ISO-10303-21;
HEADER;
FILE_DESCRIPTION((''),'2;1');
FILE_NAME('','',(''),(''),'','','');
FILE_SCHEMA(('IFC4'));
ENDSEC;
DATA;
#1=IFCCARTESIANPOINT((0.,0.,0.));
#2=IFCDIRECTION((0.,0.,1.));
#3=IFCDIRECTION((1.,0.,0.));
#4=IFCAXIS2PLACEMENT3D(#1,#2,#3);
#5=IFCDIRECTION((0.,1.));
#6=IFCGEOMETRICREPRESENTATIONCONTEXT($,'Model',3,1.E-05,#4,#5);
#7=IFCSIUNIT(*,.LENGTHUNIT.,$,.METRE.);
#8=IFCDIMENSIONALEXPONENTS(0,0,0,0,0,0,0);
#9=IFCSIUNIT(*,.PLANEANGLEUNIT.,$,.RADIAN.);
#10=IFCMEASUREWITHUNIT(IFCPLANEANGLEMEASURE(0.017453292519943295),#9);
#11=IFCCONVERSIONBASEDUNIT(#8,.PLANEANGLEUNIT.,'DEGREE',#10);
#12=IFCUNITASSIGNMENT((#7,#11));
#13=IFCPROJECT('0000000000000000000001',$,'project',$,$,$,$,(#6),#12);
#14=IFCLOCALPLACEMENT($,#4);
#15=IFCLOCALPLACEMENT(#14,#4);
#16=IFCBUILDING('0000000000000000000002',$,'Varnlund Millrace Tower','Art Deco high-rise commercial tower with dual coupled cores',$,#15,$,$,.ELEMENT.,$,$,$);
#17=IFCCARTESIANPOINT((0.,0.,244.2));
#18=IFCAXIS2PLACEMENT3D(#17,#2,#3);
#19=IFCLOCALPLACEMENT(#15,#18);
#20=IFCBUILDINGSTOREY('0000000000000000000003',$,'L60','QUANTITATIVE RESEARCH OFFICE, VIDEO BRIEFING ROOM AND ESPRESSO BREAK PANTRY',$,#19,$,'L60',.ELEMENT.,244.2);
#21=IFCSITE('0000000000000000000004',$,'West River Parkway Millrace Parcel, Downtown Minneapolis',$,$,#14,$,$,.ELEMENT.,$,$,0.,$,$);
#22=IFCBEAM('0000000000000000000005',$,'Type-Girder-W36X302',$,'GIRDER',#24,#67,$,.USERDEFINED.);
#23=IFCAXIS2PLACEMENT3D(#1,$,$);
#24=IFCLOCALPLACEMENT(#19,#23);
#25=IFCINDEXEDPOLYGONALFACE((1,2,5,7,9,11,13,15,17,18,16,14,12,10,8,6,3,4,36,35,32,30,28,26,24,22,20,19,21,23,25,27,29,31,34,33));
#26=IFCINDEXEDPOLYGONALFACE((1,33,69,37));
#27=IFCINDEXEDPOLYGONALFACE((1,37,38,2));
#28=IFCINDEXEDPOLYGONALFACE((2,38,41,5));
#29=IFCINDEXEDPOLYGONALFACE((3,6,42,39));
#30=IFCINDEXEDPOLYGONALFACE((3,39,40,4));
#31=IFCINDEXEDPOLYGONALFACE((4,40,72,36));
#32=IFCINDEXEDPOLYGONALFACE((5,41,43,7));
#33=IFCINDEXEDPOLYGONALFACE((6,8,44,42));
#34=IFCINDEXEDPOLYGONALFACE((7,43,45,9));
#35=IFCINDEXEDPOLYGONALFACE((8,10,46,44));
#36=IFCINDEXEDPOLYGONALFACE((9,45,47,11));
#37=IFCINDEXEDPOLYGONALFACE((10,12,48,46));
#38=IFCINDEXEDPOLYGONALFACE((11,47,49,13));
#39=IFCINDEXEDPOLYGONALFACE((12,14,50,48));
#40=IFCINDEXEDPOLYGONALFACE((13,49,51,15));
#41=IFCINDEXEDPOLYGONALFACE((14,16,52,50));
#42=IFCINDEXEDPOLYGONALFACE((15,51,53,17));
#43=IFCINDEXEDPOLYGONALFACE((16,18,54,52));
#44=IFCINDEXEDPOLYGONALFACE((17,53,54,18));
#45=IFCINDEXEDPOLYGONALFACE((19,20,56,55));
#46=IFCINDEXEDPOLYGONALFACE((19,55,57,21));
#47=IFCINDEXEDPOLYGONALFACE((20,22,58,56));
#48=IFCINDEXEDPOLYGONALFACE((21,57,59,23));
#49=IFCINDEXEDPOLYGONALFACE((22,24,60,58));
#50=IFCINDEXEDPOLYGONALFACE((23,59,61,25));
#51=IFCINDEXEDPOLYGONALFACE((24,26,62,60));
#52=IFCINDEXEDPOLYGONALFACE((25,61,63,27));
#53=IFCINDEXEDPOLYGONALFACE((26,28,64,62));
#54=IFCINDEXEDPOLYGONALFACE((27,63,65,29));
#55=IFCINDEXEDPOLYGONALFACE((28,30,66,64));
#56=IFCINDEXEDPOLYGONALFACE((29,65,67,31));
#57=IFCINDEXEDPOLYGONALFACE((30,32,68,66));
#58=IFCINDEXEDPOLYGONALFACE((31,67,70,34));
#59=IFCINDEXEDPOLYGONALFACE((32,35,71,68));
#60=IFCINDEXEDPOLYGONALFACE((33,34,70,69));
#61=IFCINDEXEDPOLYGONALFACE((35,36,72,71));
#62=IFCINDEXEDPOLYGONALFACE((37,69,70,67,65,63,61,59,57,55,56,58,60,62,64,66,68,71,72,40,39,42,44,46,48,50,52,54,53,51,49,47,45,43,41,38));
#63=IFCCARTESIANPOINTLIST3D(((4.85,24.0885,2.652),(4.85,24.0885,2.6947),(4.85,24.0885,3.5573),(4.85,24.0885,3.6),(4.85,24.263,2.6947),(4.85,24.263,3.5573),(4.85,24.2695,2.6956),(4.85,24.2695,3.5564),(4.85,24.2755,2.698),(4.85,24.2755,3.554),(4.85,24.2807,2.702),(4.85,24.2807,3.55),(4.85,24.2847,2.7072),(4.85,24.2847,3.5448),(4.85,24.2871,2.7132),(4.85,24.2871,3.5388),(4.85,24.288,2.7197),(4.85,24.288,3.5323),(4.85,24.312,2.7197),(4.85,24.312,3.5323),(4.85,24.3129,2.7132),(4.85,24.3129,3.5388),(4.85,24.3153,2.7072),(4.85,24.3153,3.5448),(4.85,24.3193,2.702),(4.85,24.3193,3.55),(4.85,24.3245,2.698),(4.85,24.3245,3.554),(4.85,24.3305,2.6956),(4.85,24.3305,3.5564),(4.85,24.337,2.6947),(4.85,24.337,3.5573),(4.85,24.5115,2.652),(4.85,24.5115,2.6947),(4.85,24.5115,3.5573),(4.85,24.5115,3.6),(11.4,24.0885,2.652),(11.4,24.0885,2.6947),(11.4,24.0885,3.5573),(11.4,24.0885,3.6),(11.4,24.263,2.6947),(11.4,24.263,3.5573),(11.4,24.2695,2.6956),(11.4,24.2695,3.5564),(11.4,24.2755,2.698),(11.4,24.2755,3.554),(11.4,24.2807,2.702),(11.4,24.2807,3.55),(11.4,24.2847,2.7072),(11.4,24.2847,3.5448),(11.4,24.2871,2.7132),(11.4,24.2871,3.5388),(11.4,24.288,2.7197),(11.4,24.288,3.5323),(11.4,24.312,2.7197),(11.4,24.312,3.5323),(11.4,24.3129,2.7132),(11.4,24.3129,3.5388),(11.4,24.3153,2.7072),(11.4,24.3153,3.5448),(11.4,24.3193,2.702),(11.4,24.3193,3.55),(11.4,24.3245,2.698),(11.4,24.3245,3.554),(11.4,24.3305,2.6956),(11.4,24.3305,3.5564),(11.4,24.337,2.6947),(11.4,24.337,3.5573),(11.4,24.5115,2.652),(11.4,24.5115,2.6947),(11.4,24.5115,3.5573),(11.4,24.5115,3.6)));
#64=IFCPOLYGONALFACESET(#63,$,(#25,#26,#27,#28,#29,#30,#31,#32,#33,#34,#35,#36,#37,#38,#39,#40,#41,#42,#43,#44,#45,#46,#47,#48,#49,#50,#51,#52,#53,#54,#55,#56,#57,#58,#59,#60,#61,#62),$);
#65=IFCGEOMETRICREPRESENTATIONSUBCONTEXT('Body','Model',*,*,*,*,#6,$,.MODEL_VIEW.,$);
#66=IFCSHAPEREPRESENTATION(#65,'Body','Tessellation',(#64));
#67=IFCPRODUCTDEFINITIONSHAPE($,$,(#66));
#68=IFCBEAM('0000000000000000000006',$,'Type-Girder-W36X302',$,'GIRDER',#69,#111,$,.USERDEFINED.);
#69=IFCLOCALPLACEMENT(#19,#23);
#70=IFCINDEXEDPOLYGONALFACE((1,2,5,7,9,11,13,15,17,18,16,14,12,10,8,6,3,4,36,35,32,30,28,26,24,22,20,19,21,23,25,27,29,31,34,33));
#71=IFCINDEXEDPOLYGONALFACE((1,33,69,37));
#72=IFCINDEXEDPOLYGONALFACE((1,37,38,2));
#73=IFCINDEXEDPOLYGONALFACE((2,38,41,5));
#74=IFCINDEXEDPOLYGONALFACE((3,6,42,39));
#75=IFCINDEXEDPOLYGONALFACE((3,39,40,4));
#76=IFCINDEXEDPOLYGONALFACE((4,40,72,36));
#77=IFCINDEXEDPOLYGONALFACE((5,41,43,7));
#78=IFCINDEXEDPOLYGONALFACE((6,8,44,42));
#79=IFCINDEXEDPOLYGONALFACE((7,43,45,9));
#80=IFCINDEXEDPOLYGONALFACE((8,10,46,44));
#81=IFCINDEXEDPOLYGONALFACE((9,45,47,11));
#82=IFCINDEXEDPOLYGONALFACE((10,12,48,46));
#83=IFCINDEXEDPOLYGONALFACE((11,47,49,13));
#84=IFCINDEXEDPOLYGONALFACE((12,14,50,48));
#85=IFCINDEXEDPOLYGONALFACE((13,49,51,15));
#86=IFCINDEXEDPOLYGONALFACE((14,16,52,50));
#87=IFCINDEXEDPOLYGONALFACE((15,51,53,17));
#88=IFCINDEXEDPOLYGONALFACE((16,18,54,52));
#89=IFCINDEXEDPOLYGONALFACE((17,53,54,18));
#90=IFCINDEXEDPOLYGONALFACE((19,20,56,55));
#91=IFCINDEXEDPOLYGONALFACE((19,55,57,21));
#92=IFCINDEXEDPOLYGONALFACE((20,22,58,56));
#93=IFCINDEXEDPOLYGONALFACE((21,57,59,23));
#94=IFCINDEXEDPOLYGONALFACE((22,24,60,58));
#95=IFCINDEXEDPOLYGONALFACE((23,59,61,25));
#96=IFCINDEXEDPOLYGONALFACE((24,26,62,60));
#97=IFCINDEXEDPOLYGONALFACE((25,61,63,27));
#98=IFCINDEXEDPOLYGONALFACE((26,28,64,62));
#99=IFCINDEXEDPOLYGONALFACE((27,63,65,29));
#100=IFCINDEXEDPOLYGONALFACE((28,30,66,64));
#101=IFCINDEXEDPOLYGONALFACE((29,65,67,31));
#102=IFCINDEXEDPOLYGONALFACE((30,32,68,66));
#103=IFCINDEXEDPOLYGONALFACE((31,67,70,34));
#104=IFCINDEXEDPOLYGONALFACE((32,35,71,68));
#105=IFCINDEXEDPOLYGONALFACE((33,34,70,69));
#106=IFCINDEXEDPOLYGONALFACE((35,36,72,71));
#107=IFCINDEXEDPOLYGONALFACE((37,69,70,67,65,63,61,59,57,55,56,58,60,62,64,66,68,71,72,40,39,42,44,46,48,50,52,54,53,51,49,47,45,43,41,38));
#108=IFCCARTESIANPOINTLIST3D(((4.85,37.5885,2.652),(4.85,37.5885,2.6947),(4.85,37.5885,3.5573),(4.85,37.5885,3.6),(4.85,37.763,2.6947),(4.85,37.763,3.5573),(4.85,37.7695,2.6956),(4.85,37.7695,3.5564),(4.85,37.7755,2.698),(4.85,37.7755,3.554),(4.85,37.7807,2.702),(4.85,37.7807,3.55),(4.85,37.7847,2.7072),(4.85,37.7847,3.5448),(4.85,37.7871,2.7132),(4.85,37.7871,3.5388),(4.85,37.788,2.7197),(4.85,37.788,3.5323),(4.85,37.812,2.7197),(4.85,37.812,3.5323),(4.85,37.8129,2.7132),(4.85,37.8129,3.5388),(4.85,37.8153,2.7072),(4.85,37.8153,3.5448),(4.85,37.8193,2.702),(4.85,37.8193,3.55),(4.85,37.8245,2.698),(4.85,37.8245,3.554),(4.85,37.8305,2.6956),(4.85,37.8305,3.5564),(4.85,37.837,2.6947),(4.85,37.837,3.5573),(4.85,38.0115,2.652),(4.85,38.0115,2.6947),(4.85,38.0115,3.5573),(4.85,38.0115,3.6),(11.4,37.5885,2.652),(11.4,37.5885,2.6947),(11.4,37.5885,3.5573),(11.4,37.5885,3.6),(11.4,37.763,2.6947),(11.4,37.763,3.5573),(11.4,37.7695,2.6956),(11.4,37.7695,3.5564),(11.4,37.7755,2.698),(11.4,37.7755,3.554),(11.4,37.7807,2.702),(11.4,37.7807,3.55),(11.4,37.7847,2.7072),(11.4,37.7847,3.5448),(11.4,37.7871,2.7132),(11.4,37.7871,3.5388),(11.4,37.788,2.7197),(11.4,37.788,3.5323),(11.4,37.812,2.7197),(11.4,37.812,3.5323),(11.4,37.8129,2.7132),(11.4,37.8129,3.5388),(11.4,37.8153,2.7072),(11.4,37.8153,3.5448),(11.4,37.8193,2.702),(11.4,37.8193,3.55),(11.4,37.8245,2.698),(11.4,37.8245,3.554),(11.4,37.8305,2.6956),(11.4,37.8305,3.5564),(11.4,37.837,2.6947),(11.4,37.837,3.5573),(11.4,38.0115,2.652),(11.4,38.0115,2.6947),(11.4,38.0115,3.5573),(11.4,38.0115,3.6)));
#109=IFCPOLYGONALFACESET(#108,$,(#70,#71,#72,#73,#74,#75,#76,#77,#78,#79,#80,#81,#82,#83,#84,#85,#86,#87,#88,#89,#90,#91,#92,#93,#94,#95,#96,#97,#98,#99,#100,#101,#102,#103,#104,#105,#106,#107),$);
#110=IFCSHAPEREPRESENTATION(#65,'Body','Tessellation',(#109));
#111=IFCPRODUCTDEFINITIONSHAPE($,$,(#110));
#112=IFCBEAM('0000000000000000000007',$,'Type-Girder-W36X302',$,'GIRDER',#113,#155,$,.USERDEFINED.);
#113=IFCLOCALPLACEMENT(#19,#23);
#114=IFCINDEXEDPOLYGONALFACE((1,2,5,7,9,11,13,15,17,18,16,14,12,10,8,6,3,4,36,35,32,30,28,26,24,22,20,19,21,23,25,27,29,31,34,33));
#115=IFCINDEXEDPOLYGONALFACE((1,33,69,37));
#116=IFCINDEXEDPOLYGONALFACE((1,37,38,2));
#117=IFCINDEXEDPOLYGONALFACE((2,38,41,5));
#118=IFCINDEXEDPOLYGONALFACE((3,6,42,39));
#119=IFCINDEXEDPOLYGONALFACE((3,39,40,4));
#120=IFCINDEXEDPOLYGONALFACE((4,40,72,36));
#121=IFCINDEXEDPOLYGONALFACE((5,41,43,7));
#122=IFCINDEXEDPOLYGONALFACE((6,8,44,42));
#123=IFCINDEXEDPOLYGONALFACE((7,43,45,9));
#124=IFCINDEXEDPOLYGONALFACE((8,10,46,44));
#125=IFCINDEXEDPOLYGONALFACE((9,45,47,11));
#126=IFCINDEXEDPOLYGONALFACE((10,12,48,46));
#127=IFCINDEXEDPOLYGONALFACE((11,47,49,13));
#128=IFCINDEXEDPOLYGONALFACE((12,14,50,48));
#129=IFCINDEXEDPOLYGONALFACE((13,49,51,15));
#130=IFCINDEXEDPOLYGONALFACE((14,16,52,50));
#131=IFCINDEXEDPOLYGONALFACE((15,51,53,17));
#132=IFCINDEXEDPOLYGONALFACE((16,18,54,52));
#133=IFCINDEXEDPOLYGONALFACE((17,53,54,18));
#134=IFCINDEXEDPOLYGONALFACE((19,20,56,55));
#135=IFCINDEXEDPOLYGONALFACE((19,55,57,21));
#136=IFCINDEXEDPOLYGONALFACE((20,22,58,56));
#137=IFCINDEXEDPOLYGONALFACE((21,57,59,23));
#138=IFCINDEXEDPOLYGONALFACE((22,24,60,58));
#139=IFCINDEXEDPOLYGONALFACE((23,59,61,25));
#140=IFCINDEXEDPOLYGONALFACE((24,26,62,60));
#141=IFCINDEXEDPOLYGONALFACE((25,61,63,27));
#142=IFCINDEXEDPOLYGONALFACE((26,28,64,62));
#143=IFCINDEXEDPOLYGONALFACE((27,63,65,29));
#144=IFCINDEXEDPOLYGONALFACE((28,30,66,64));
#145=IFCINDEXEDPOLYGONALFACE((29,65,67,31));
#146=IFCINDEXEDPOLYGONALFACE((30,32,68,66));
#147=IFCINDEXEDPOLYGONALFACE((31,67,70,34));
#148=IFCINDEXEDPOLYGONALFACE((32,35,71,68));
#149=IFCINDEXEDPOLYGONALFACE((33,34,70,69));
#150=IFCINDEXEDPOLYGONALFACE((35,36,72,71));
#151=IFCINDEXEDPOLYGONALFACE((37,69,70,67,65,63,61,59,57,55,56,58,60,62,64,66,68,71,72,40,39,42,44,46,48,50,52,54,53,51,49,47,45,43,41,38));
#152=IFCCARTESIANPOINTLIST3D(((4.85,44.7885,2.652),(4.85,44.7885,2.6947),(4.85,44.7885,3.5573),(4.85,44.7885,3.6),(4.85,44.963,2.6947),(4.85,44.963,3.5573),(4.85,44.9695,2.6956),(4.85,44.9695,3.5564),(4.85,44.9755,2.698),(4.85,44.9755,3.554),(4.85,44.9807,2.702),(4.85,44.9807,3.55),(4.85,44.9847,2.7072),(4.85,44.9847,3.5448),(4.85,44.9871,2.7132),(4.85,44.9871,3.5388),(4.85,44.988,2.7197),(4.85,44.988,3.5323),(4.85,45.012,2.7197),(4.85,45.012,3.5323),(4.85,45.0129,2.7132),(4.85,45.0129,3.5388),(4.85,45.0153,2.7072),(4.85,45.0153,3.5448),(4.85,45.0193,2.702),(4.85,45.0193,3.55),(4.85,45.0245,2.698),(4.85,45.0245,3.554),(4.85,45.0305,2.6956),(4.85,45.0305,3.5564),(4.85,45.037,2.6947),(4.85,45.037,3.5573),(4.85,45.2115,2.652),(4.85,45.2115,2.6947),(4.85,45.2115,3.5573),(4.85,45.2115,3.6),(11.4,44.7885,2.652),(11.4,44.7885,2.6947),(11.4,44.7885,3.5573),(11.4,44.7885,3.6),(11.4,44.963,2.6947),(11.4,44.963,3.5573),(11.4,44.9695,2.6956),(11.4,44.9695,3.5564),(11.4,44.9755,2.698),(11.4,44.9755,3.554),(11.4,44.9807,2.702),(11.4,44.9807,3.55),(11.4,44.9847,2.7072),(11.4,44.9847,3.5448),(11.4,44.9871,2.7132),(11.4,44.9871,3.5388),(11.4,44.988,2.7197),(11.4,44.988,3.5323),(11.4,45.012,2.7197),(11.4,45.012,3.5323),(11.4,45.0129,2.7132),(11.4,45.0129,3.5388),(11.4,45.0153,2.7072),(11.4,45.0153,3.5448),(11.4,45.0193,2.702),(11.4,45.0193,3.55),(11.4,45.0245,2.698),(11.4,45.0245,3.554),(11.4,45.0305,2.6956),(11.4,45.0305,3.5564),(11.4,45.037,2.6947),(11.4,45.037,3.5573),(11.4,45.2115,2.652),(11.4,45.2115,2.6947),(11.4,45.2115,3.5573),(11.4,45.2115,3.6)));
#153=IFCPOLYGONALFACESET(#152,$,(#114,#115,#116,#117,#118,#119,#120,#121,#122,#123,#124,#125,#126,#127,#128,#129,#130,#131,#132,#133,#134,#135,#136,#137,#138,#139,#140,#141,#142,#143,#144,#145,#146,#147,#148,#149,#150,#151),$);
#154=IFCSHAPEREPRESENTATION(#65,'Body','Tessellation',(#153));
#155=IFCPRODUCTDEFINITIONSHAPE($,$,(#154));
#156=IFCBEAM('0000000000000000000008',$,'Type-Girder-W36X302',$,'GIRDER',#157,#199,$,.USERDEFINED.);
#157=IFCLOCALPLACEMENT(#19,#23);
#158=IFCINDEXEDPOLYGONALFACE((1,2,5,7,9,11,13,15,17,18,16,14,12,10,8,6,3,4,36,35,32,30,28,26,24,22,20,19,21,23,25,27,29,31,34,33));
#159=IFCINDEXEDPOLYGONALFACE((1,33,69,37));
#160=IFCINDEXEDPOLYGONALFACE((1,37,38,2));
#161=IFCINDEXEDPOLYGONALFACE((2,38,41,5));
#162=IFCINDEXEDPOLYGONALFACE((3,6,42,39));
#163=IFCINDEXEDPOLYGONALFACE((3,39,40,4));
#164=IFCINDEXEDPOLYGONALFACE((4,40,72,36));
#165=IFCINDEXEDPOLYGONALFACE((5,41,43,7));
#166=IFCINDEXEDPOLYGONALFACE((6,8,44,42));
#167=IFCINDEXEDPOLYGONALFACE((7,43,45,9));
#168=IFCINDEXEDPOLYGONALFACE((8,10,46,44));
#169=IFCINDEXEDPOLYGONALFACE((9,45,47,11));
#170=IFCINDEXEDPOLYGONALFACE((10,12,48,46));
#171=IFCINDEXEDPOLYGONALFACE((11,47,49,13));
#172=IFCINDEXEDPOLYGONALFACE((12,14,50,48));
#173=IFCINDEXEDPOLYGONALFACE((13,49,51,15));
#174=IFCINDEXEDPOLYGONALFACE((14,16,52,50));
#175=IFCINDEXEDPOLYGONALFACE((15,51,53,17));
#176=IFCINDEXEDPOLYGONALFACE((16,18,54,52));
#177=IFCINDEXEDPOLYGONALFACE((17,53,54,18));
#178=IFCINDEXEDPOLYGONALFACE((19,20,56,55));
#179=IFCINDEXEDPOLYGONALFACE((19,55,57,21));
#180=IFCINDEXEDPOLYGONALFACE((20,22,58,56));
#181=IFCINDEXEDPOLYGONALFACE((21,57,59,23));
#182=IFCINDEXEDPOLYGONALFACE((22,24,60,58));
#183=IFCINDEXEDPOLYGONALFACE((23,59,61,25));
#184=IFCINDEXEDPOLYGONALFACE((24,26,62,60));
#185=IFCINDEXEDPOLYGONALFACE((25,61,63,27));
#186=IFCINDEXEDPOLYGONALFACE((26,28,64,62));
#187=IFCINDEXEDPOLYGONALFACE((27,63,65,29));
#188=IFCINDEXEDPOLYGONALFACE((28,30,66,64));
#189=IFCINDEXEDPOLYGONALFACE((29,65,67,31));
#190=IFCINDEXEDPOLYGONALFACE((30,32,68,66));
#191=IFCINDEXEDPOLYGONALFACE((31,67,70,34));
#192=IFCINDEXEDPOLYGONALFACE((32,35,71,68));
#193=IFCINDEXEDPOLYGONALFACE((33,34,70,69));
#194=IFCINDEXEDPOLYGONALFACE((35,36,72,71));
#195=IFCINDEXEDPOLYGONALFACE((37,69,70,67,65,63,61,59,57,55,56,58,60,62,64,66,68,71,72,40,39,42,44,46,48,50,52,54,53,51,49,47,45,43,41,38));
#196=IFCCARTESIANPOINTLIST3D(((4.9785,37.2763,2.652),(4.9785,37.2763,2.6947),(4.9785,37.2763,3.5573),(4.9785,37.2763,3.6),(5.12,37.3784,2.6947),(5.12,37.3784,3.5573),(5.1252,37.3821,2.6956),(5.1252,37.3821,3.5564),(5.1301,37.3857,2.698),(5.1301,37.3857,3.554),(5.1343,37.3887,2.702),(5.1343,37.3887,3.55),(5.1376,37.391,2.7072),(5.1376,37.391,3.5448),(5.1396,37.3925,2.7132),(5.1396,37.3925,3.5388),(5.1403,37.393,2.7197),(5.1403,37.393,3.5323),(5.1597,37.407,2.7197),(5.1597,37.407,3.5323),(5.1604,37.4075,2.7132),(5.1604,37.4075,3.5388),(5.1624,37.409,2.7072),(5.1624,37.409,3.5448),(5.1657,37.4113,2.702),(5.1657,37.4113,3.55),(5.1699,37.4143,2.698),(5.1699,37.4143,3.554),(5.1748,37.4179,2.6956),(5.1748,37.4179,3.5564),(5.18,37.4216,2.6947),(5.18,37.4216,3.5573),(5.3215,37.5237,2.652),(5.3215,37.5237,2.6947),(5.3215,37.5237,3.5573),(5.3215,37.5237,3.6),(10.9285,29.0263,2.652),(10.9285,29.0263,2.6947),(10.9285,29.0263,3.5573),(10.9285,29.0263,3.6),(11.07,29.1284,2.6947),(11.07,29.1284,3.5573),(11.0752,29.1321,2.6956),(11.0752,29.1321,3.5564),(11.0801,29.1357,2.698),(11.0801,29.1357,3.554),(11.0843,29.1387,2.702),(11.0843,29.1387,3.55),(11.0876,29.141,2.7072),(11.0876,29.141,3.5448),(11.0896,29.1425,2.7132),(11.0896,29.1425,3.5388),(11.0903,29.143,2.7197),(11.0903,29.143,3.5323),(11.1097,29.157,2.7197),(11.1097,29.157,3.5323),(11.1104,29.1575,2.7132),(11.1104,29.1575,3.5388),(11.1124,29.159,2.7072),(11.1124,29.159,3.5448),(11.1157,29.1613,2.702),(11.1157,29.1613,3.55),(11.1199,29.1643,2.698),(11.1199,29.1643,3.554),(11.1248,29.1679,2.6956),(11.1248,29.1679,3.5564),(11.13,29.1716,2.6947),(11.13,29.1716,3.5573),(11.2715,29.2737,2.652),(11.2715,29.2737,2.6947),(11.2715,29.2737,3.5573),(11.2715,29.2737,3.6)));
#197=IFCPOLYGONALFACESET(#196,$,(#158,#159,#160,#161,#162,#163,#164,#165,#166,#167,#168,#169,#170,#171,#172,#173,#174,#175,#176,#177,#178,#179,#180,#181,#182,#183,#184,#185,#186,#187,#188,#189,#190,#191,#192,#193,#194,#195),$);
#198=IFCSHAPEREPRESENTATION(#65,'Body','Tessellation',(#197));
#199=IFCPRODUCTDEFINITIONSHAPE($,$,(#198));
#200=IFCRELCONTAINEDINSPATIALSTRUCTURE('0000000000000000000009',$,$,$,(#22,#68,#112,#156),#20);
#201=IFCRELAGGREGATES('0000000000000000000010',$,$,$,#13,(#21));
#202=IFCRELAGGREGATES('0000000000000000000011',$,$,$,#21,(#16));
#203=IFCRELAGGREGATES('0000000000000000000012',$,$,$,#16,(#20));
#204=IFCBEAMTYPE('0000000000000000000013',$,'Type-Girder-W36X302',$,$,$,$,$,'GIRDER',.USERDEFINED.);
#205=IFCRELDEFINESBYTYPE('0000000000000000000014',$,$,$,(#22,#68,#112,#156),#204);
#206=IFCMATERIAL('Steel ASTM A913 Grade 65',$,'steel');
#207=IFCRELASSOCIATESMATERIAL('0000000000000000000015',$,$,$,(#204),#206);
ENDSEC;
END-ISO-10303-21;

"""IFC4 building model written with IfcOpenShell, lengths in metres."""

from ifc_helpers import new_model, entity, si_unit, converted_unit, direction, frame, origin_with_axes, origin_2d_with_axis, place, context, subcontext, project, spatial, i_section, extrude, material, material_profile, profile_set, type_object, element, save


model = new_model("IFC4")

# Units and contexts
model_context = context("Model", 3, precision=1e-05, world=origin_with_axes(), true_north=direction((0.0, 1.0)))
body_context = subcontext(model_context, "Body", "Model", "MODEL_VIEW")
ifc_project = project(units=[si_unit("LENGTHUNIT", "METRE"), converted_unit("PLANEANGLEUNIT", "DEGREE", entity("IfcPlaneAngleMeasure", 0.017453292519943295), si_unit("PLANEANGLEUNIT", "RADIAN"), dimensions=[0, 0, 0, 0, 0, 0, 0])], contexts=[model_context])

# Site, building, storey
site_placement = place(None, origin_with_axes())
site = spatial("IfcSite", under=ifc_project, at=site_placement, Name="West River Parkway Millrace Parcel, Downtown Minneapolis", CompositionType="ELEMENT", RefElevation=0.0)
building_placement = place(site_placement, origin_with_axes())
building = spatial("IfcBuilding", under=site, at=building_placement, Name="Varnlund Millrace Tower", Description="Art Deco high-rise commercial tower with dual coupled cores", CompositionType="ELEMENT")
storey_placement = place(building_placement, frame((0.0, 0.0, 244.2), z_axis=(0.0, 0.0, 1.0), x_axis=(1.0, 0.0, 0.0)))
storey = spatial("IfcBuildingStorey", under=building, at=storey_placement, Name="L60", Description="QUANTITATIVE RESEARCH OFFICE, VIDEO BRIEFING ROOM AND ESPRESSO BREAK PANTRY", LongName="L60", CompositionType="ELEMENT", Elevation=244.2)

# Beams
ifc_material_1 = material(Name="Steel ASTM A913 Grade 65", Category="steel")
ifc_material_profile_1 = material_profile(ifc_material_1, i_section(OverallWidth=0.423, OverallDepth=0.948, WebThickness=0.024, FlangeThickness=0.0427, FilletRadius=0.025, at=origin_2d_with_axis()), Name="Steel ASTM A913 Grade 65")
ifc_profile_set_1 = profile_set([ifc_material_profile_1], Name="Steel ASTM A913 Grade 65")
beam_type_1 = type_object("IfcBeamType", Name="Type-Girder-W36X302", ElementType="GIRDER", PredefinedType="USERDEFINED", material=ifc_profile_set_1)
for number, where, z_axis, x_axis, name in (
    (1, (4.85, 24.3, 3.126), (1.0, 0.0, 0.0), (0.0, 1.0, 0.0), "Type-Girder-W36X302"),
    (2, (4.85, 37.8, 3.126), (1.0, 0.0, 0.0), (0.0, 1.0, 0.0), "Type-Girder-W36X302"),
    (3, (4.85, 45.0, 3.126), (1.0, 0.0, 0.0), (0.0, 1.0, 0.0), "Type-Girder-W36X302"),
):
    element("IfcBeam", number, at=place(storey_placement, frame(where, z_axis=z_axis, x_axis=x_axis)), inside=storey, type_object=beam_type_1, Name=name, ObjectType="GIRDER", PredefinedType="USERDEFINED", context=body_context, shape_type="SweptSolid", body=[
        extrude(i_section(OverallWidth=0.423, OverallDepth=0.948, WebThickness=0.024, FlangeThickness=0.0427, FilletRadius=0.025, at=origin_2d_with_axis()), origin_with_axes(), (0.0, 0.0, 1.0), 6.55),
    ])
beam_1_placement = place(storey_placement, frame((5.15, 37.4, 3.126), z_axis=(0.584952, -0.811068, 0.0), x_axis=(0.811068, 0.584952, 0.0)))
element("IfcBeam", 4, at=beam_1_placement, inside=storey, type_object=beam_type_1, Name="Type-Girder-W36X302", ObjectType="GIRDER", PredefinedType="USERDEFINED", context=body_context, shape_type="SweptSolid", body=[
    extrude(i_section(OverallWidth=0.423, OverallDepth=0.948, WebThickness=0.024, FlangeThickness=0.0427, FilletRadius=0.025, at=origin_2d_with_axis()), origin_with_axes(), (0.0, 0.0, 1.0), 10.1718),
])

save(model, "model.ifc")
